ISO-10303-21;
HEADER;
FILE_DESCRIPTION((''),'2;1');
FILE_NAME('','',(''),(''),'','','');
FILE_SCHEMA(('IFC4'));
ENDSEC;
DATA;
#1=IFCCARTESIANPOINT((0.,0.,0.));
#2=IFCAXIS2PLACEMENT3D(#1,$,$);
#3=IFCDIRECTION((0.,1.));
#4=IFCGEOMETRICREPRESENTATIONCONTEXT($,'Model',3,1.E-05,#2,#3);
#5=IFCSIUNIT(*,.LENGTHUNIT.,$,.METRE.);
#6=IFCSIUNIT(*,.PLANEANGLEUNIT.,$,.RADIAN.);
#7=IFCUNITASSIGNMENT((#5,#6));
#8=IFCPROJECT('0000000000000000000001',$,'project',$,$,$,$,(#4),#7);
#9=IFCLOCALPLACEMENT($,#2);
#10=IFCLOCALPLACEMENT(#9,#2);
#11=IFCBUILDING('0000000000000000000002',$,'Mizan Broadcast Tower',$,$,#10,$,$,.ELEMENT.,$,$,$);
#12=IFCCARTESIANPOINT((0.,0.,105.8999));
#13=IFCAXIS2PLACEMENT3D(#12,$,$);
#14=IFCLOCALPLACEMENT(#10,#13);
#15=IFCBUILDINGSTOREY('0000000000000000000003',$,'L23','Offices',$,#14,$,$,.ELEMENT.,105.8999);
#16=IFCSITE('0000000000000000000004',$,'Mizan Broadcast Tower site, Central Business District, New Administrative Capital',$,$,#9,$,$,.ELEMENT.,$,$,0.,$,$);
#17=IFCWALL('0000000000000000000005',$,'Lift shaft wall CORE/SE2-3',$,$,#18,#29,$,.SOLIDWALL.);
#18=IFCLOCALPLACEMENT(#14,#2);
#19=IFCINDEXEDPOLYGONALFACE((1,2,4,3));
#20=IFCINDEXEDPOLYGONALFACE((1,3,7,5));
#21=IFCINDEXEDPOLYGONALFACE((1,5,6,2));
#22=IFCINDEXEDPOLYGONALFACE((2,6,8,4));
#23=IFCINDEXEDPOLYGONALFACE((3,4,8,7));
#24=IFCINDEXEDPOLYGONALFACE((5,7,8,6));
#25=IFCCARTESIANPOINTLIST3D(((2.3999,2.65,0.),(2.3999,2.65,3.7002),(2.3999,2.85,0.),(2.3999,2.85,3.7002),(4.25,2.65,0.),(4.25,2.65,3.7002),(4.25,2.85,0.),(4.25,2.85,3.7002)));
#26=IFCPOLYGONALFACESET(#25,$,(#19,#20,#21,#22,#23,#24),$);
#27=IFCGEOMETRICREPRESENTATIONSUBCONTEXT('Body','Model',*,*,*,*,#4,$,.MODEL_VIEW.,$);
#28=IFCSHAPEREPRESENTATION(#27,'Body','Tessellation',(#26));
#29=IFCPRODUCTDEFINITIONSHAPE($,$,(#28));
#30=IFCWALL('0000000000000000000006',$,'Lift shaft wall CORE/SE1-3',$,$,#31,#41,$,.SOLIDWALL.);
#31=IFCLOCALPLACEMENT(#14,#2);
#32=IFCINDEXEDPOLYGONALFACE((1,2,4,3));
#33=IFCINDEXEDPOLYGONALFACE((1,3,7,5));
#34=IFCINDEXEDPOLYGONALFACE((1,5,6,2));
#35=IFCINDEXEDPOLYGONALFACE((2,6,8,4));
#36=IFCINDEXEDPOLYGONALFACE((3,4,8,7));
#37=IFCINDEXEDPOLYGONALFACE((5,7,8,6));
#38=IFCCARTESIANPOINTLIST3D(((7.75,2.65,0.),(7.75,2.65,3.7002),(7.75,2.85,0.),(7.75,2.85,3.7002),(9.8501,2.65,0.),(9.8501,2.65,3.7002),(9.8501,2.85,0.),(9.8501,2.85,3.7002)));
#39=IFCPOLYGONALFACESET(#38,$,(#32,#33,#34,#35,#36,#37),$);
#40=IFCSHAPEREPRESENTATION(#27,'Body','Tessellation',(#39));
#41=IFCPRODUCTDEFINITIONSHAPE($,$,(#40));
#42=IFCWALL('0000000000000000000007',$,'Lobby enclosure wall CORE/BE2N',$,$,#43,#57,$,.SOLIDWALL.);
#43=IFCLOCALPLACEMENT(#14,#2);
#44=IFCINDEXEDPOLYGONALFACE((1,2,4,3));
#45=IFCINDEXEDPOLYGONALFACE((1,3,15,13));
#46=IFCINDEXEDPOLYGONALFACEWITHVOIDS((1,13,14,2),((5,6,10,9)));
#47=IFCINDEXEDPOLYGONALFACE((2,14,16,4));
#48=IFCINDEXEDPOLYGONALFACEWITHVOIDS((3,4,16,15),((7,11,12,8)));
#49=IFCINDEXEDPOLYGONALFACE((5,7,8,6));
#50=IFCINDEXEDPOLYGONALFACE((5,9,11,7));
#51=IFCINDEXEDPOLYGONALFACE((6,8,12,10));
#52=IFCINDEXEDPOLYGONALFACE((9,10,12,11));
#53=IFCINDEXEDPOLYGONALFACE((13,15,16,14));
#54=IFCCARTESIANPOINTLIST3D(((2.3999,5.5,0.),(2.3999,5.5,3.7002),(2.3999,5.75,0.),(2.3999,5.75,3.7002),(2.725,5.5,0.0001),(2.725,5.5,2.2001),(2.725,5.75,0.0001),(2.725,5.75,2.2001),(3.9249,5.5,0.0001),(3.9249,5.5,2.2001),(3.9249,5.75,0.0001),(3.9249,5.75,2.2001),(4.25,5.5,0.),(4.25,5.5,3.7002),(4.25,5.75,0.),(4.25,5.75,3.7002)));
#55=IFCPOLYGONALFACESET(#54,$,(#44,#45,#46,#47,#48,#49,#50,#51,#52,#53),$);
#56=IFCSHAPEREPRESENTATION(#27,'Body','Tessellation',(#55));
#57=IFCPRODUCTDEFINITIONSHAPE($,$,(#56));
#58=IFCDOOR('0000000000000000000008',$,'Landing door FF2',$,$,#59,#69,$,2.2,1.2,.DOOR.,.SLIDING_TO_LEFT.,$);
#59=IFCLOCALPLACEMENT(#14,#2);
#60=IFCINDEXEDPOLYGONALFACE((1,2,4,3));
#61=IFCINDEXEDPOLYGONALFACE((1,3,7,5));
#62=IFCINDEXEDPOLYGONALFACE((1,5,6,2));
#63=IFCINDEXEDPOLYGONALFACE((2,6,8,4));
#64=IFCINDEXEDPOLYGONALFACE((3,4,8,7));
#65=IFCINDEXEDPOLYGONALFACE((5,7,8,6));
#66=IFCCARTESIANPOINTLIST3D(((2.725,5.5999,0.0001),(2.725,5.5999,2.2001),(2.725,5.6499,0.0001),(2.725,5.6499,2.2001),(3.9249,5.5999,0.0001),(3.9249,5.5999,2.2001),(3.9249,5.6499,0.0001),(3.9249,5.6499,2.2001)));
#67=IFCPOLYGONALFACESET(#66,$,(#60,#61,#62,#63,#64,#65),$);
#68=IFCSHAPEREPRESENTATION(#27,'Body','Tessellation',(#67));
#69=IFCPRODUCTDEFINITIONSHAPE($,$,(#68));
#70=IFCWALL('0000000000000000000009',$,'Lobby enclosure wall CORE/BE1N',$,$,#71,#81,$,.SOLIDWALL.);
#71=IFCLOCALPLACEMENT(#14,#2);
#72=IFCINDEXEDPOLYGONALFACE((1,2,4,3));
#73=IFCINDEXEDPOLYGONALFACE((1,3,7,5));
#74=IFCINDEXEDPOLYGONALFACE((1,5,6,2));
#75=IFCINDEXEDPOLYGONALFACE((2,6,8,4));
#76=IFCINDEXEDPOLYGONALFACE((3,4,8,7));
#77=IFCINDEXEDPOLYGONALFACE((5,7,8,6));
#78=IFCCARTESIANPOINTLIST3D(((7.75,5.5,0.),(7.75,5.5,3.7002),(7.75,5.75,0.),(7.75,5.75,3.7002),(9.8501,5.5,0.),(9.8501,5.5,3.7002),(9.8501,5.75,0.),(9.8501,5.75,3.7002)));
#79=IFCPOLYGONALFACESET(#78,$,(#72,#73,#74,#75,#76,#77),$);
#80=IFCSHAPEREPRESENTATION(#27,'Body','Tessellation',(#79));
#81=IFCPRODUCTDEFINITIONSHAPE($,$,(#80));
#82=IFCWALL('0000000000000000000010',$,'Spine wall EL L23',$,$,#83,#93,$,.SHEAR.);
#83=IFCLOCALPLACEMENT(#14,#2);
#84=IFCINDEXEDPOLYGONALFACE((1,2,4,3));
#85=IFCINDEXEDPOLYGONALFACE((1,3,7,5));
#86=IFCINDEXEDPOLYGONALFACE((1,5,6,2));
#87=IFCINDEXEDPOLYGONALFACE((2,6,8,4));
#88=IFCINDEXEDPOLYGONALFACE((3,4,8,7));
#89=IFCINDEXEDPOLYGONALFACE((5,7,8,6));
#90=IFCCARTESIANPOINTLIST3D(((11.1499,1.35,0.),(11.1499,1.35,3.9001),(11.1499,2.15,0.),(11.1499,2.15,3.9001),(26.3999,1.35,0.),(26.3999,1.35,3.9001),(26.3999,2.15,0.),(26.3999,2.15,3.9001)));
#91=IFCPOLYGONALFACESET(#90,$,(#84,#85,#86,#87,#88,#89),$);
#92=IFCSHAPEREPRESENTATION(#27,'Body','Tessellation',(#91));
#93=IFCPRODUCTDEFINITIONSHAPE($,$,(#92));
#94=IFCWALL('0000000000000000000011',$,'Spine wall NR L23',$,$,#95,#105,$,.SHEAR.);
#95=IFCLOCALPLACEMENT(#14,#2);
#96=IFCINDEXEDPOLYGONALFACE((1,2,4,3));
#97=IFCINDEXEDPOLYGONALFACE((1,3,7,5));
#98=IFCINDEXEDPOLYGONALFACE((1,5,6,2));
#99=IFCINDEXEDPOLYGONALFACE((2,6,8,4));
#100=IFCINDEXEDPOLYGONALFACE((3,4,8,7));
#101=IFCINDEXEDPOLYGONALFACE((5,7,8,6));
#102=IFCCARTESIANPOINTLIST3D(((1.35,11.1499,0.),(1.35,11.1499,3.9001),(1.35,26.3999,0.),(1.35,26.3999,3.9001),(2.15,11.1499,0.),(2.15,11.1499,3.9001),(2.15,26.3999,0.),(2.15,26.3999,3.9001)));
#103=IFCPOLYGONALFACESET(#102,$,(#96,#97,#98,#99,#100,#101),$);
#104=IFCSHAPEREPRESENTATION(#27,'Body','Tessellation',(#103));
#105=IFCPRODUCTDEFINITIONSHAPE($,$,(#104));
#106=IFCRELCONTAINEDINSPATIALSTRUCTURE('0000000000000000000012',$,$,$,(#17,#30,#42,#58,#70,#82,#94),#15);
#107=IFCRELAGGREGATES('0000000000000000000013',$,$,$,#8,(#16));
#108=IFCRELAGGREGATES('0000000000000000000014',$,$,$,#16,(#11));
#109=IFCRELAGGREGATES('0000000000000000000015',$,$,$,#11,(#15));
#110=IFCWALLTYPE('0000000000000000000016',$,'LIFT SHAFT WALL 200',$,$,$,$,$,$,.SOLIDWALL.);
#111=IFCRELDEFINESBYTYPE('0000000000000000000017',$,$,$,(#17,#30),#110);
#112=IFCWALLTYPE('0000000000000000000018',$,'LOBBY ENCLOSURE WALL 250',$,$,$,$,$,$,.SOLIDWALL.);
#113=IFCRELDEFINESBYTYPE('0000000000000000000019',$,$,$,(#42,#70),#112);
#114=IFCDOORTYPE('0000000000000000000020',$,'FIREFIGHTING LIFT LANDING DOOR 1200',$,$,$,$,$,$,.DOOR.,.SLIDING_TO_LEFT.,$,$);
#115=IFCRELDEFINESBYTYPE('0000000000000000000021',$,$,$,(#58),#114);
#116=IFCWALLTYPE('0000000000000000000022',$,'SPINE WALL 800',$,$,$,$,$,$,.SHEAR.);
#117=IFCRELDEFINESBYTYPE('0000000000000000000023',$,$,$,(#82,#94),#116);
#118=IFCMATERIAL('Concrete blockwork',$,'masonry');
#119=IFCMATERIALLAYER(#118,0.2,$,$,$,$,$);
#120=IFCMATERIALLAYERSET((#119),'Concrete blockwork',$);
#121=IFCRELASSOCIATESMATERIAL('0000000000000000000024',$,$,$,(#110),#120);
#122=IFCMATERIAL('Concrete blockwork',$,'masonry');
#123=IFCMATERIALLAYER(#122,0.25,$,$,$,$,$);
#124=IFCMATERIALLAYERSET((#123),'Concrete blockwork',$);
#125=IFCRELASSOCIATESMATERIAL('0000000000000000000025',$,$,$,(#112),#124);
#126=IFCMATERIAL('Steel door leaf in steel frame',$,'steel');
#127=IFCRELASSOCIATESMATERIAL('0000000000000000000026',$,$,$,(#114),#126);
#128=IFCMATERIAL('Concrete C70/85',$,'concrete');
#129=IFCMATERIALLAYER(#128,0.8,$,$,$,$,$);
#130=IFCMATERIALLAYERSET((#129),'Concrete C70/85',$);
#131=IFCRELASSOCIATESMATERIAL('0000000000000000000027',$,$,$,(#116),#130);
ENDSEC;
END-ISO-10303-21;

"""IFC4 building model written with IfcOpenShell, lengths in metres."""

from ifc_helpers import new_model, si_unit, direction, frame, frame_2d, origin, place, context, subcontext, project, spatial, rectangle, extrude, material, layer, layer_set, type_object, element, fill, save


model = new_model("IFC4")

# Units and contexts
model_context = context("Model", 3, precision=1e-05, world=origin(), true_north=direction((0.0, 1.0)))
body_context = subcontext(model_context, "Body", "Model", "MODEL_VIEW")
ifc_project = project(units=[si_unit("LENGTHUNIT", "METRE"), si_unit("PLANEANGLEUNIT", "RADIAN")], contexts=[model_context])

# Site, building, storey
site_placement = place(None, origin())
site = spatial("IfcSite", under=ifc_project, at=site_placement, Name="Mizan Broadcast Tower site, Central Business District, New Administrative Capital", CompositionType="ELEMENT", RefElevation=0.0)
building_placement = place(site_placement, origin())
building = spatial("IfcBuilding", under=site, at=building_placement, Name="Mizan Broadcast Tower", CompositionType="ELEMENT")
storey_placement = place(building_placement, frame((0.0, 0.0, 105.8999)))
storey = spatial("IfcBuildingStorey", under=building, at=storey_placement, Name="L23", Description="Offices", CompositionType="ELEMENT", Elevation=105.8999)

# Walls
ifc_material_1 = material(Name="Concrete blockwork", Category="masonry")
ifc_layer_1 = layer(ifc_material_1, 0.2)
ifc_layer_set_1 = layer_set([ifc_layer_1], Name="Concrete blockwork")
wall_type_1 = type_object("IfcWallType", Name="LIFT SHAFT WALL 200", PredefinedType="SOLIDWALL", material=ifc_layer_set_1)
wall_1_placement = place(storey_placement, frame((2.3999, 2.75, 0.0), z_axis=(0.0, 0.0, 1.0), x_axis=(1.0, 0.0, 0.0)))
element("IfcWall", 1, at=wall_1_placement, inside=storey, type_object=wall_type_1, Name="Lift shaft wall CORE/SE2-3", PredefinedType="SOLIDWALL", context=body_context, shape_type="SweptSolid", body=[
    extrude(rectangle(XDim=1.8501, YDim=0.2, at=frame_2d((0.925, 0.0))), origin(), (0.0, 0.0, 1.0), 3.7002),
])
wall_2_placement = place(storey_placement, frame((7.75, 2.75, 0.0), z_axis=(0.0, 0.0, 1.0), x_axis=(1.0, 0.0, 0.0)))
element("IfcWall", 2, at=wall_2_placement, inside=storey, type_object=wall_type_1, Name="Lift shaft wall CORE/SE1-3", PredefinedType="SOLIDWALL", context=body_context, shape_type="SweptSolid", body=[
    extrude(rectangle(XDim=2.1001, YDim=0.2, at=frame_2d((1.05, 0.0))), origin(), (0.0, 0.0, 1.0), 3.7002),
])

# Wall, opening, door
ifc_material_2 = material(Name="Concrete blockwork", Category="masonry")
ifc_layer_2 = layer(ifc_material_2, 0.25)
ifc_layer_set_2 = layer_set([ifc_layer_2], Name="Concrete blockwork")
wall_type_2 = type_object("IfcWallType", Name="LOBBY ENCLOSURE WALL 250", PredefinedType="SOLIDWALL", material=ifc_layer_set_2)
wall_3_placement = place(storey_placement, frame((2.3999, 5.625, 0.0), z_axis=(0.0, 0.0, 1.0), x_axis=(1.0, 0.0, 0.0)))
wall_3 = element("IfcWall", 3, at=wall_3_placement, inside=storey, type_object=wall_type_2, Name="Lobby enclosure wall CORE/BE2N", PredefinedType="SOLIDWALL", context=body_context, shape_type="SweptSolid", body=[
    extrude(rectangle(XDim=1.8501, YDim=0.25, at=frame_2d((0.925, 0.0))), origin(), (0.0, 0.0, 1.0), 3.7002),
])
opening_1_placement = place(wall_3_placement, frame((0.325, 0.0, 0.0)))
opening_1 = element("IfcOpeningElement", 4, at=opening_1_placement, cuts=wall_3, PredefinedType="OPENING", context=body_context, shape_type="SweptSolid", body=[
    extrude(rectangle(XDim=1.2, YDim=2.2, at=frame_2d((0.6001, 1.1001))), frame((0.0, 0.135, 0.0), z_axis=(0.0, -1.0, 0.0), x_axis=(1.0, 0.0, 0.0)), (0.0, 0.0, 1.0), 0.27),
])
ifc_material_3 = material(Name="Steel door leaf in steel frame", Category="steel")
door_type_1 = type_object("IfcDoorType", Name="FIREFIGHTING LIFT LANDING DOOR 1200", OperationType="SLIDING_TO_LEFT", PredefinedType="DOOR", material=ifc_material_3)
door_1_placement = place(opening_1_placement, origin())
door_1 = element("IfcDoor", 5, at=door_1_placement, inside=storey, type_object=door_type_1, Name="Landing door FF2", OperationType="SLIDING_TO_LEFT", OverallHeight=2.2, OverallWidth=1.2, PredefinedType="DOOR", context=body_context, shape_type="SweptSolid", body=[
    extrude(rectangle(XDim=1.2, YDim=2.2, at=frame_2d((0.6001, 1.1001))), frame((0.0, 0.0249, 0.0), z_axis=(0.0, -1.0, 0.0), x_axis=(1.0, 0.0, 0.0)), (0.0, 0.0, 1.0), 0.05),
])
fill(opening_1, door_1)

# Walls
wall_4_placement = place(storey_placement, frame((7.75, 5.625, 0.0), z_axis=(0.0, 0.0, 1.0), x_axis=(1.0, 0.0, 0.0)))
element("IfcWall", 6, at=wall_4_placement, inside=storey, type_object=wall_type_2, Name="Lobby enclosure wall CORE/BE1N", PredefinedType="SOLIDWALL", context=body_context, shape_type="SweptSolid", body=[
    extrude(rectangle(XDim=2.1001, YDim=0.25, at=frame_2d((1.05, 0.0))), origin(), (0.0, 0.0, 1.0), 3.7002),
])
ifc_material_4 = material(Name="Concrete C70/85", Category="concrete")
ifc_layer_3 = layer(ifc_material_4, 0.8)
ifc_layer_set_3 = layer_set([ifc_layer_3], Name="Concrete C70/85")
wall_type_3 = type_object("IfcWallType", Name="SPINE WALL 800", PredefinedType="SHEAR", material=ifc_layer_set_3)
for number, where, z_axis, x_axis, name in (
    (7, (11.1499, 1.75, 0.0), (0.0, 0.0, 1.0), (1.0, 0.0, 0.0), "Spine wall EL L23"),
    (8, (1.75, 11.1499, 0.0), (0.0, 0.0, 1.0), (0.0, 1.0, 0.0), "Spine wall NR L23"),
):
    element("IfcWall", number, at=place(storey_placement, frame(where, z_axis=z_axis, x_axis=x_axis)), inside=storey, type_object=wall_type_3, Name=name, PredefinedType="SHEAR", context=body_context, shape_type="SweptSolid", body=[
        extrude(rectangle(XDim=15.25, YDim=0.8, at=frame_2d((7.625, 0.0))), origin(), (0.0, 0.0, 1.0), 3.9001),
    ])

save(model, "model.ifc")
